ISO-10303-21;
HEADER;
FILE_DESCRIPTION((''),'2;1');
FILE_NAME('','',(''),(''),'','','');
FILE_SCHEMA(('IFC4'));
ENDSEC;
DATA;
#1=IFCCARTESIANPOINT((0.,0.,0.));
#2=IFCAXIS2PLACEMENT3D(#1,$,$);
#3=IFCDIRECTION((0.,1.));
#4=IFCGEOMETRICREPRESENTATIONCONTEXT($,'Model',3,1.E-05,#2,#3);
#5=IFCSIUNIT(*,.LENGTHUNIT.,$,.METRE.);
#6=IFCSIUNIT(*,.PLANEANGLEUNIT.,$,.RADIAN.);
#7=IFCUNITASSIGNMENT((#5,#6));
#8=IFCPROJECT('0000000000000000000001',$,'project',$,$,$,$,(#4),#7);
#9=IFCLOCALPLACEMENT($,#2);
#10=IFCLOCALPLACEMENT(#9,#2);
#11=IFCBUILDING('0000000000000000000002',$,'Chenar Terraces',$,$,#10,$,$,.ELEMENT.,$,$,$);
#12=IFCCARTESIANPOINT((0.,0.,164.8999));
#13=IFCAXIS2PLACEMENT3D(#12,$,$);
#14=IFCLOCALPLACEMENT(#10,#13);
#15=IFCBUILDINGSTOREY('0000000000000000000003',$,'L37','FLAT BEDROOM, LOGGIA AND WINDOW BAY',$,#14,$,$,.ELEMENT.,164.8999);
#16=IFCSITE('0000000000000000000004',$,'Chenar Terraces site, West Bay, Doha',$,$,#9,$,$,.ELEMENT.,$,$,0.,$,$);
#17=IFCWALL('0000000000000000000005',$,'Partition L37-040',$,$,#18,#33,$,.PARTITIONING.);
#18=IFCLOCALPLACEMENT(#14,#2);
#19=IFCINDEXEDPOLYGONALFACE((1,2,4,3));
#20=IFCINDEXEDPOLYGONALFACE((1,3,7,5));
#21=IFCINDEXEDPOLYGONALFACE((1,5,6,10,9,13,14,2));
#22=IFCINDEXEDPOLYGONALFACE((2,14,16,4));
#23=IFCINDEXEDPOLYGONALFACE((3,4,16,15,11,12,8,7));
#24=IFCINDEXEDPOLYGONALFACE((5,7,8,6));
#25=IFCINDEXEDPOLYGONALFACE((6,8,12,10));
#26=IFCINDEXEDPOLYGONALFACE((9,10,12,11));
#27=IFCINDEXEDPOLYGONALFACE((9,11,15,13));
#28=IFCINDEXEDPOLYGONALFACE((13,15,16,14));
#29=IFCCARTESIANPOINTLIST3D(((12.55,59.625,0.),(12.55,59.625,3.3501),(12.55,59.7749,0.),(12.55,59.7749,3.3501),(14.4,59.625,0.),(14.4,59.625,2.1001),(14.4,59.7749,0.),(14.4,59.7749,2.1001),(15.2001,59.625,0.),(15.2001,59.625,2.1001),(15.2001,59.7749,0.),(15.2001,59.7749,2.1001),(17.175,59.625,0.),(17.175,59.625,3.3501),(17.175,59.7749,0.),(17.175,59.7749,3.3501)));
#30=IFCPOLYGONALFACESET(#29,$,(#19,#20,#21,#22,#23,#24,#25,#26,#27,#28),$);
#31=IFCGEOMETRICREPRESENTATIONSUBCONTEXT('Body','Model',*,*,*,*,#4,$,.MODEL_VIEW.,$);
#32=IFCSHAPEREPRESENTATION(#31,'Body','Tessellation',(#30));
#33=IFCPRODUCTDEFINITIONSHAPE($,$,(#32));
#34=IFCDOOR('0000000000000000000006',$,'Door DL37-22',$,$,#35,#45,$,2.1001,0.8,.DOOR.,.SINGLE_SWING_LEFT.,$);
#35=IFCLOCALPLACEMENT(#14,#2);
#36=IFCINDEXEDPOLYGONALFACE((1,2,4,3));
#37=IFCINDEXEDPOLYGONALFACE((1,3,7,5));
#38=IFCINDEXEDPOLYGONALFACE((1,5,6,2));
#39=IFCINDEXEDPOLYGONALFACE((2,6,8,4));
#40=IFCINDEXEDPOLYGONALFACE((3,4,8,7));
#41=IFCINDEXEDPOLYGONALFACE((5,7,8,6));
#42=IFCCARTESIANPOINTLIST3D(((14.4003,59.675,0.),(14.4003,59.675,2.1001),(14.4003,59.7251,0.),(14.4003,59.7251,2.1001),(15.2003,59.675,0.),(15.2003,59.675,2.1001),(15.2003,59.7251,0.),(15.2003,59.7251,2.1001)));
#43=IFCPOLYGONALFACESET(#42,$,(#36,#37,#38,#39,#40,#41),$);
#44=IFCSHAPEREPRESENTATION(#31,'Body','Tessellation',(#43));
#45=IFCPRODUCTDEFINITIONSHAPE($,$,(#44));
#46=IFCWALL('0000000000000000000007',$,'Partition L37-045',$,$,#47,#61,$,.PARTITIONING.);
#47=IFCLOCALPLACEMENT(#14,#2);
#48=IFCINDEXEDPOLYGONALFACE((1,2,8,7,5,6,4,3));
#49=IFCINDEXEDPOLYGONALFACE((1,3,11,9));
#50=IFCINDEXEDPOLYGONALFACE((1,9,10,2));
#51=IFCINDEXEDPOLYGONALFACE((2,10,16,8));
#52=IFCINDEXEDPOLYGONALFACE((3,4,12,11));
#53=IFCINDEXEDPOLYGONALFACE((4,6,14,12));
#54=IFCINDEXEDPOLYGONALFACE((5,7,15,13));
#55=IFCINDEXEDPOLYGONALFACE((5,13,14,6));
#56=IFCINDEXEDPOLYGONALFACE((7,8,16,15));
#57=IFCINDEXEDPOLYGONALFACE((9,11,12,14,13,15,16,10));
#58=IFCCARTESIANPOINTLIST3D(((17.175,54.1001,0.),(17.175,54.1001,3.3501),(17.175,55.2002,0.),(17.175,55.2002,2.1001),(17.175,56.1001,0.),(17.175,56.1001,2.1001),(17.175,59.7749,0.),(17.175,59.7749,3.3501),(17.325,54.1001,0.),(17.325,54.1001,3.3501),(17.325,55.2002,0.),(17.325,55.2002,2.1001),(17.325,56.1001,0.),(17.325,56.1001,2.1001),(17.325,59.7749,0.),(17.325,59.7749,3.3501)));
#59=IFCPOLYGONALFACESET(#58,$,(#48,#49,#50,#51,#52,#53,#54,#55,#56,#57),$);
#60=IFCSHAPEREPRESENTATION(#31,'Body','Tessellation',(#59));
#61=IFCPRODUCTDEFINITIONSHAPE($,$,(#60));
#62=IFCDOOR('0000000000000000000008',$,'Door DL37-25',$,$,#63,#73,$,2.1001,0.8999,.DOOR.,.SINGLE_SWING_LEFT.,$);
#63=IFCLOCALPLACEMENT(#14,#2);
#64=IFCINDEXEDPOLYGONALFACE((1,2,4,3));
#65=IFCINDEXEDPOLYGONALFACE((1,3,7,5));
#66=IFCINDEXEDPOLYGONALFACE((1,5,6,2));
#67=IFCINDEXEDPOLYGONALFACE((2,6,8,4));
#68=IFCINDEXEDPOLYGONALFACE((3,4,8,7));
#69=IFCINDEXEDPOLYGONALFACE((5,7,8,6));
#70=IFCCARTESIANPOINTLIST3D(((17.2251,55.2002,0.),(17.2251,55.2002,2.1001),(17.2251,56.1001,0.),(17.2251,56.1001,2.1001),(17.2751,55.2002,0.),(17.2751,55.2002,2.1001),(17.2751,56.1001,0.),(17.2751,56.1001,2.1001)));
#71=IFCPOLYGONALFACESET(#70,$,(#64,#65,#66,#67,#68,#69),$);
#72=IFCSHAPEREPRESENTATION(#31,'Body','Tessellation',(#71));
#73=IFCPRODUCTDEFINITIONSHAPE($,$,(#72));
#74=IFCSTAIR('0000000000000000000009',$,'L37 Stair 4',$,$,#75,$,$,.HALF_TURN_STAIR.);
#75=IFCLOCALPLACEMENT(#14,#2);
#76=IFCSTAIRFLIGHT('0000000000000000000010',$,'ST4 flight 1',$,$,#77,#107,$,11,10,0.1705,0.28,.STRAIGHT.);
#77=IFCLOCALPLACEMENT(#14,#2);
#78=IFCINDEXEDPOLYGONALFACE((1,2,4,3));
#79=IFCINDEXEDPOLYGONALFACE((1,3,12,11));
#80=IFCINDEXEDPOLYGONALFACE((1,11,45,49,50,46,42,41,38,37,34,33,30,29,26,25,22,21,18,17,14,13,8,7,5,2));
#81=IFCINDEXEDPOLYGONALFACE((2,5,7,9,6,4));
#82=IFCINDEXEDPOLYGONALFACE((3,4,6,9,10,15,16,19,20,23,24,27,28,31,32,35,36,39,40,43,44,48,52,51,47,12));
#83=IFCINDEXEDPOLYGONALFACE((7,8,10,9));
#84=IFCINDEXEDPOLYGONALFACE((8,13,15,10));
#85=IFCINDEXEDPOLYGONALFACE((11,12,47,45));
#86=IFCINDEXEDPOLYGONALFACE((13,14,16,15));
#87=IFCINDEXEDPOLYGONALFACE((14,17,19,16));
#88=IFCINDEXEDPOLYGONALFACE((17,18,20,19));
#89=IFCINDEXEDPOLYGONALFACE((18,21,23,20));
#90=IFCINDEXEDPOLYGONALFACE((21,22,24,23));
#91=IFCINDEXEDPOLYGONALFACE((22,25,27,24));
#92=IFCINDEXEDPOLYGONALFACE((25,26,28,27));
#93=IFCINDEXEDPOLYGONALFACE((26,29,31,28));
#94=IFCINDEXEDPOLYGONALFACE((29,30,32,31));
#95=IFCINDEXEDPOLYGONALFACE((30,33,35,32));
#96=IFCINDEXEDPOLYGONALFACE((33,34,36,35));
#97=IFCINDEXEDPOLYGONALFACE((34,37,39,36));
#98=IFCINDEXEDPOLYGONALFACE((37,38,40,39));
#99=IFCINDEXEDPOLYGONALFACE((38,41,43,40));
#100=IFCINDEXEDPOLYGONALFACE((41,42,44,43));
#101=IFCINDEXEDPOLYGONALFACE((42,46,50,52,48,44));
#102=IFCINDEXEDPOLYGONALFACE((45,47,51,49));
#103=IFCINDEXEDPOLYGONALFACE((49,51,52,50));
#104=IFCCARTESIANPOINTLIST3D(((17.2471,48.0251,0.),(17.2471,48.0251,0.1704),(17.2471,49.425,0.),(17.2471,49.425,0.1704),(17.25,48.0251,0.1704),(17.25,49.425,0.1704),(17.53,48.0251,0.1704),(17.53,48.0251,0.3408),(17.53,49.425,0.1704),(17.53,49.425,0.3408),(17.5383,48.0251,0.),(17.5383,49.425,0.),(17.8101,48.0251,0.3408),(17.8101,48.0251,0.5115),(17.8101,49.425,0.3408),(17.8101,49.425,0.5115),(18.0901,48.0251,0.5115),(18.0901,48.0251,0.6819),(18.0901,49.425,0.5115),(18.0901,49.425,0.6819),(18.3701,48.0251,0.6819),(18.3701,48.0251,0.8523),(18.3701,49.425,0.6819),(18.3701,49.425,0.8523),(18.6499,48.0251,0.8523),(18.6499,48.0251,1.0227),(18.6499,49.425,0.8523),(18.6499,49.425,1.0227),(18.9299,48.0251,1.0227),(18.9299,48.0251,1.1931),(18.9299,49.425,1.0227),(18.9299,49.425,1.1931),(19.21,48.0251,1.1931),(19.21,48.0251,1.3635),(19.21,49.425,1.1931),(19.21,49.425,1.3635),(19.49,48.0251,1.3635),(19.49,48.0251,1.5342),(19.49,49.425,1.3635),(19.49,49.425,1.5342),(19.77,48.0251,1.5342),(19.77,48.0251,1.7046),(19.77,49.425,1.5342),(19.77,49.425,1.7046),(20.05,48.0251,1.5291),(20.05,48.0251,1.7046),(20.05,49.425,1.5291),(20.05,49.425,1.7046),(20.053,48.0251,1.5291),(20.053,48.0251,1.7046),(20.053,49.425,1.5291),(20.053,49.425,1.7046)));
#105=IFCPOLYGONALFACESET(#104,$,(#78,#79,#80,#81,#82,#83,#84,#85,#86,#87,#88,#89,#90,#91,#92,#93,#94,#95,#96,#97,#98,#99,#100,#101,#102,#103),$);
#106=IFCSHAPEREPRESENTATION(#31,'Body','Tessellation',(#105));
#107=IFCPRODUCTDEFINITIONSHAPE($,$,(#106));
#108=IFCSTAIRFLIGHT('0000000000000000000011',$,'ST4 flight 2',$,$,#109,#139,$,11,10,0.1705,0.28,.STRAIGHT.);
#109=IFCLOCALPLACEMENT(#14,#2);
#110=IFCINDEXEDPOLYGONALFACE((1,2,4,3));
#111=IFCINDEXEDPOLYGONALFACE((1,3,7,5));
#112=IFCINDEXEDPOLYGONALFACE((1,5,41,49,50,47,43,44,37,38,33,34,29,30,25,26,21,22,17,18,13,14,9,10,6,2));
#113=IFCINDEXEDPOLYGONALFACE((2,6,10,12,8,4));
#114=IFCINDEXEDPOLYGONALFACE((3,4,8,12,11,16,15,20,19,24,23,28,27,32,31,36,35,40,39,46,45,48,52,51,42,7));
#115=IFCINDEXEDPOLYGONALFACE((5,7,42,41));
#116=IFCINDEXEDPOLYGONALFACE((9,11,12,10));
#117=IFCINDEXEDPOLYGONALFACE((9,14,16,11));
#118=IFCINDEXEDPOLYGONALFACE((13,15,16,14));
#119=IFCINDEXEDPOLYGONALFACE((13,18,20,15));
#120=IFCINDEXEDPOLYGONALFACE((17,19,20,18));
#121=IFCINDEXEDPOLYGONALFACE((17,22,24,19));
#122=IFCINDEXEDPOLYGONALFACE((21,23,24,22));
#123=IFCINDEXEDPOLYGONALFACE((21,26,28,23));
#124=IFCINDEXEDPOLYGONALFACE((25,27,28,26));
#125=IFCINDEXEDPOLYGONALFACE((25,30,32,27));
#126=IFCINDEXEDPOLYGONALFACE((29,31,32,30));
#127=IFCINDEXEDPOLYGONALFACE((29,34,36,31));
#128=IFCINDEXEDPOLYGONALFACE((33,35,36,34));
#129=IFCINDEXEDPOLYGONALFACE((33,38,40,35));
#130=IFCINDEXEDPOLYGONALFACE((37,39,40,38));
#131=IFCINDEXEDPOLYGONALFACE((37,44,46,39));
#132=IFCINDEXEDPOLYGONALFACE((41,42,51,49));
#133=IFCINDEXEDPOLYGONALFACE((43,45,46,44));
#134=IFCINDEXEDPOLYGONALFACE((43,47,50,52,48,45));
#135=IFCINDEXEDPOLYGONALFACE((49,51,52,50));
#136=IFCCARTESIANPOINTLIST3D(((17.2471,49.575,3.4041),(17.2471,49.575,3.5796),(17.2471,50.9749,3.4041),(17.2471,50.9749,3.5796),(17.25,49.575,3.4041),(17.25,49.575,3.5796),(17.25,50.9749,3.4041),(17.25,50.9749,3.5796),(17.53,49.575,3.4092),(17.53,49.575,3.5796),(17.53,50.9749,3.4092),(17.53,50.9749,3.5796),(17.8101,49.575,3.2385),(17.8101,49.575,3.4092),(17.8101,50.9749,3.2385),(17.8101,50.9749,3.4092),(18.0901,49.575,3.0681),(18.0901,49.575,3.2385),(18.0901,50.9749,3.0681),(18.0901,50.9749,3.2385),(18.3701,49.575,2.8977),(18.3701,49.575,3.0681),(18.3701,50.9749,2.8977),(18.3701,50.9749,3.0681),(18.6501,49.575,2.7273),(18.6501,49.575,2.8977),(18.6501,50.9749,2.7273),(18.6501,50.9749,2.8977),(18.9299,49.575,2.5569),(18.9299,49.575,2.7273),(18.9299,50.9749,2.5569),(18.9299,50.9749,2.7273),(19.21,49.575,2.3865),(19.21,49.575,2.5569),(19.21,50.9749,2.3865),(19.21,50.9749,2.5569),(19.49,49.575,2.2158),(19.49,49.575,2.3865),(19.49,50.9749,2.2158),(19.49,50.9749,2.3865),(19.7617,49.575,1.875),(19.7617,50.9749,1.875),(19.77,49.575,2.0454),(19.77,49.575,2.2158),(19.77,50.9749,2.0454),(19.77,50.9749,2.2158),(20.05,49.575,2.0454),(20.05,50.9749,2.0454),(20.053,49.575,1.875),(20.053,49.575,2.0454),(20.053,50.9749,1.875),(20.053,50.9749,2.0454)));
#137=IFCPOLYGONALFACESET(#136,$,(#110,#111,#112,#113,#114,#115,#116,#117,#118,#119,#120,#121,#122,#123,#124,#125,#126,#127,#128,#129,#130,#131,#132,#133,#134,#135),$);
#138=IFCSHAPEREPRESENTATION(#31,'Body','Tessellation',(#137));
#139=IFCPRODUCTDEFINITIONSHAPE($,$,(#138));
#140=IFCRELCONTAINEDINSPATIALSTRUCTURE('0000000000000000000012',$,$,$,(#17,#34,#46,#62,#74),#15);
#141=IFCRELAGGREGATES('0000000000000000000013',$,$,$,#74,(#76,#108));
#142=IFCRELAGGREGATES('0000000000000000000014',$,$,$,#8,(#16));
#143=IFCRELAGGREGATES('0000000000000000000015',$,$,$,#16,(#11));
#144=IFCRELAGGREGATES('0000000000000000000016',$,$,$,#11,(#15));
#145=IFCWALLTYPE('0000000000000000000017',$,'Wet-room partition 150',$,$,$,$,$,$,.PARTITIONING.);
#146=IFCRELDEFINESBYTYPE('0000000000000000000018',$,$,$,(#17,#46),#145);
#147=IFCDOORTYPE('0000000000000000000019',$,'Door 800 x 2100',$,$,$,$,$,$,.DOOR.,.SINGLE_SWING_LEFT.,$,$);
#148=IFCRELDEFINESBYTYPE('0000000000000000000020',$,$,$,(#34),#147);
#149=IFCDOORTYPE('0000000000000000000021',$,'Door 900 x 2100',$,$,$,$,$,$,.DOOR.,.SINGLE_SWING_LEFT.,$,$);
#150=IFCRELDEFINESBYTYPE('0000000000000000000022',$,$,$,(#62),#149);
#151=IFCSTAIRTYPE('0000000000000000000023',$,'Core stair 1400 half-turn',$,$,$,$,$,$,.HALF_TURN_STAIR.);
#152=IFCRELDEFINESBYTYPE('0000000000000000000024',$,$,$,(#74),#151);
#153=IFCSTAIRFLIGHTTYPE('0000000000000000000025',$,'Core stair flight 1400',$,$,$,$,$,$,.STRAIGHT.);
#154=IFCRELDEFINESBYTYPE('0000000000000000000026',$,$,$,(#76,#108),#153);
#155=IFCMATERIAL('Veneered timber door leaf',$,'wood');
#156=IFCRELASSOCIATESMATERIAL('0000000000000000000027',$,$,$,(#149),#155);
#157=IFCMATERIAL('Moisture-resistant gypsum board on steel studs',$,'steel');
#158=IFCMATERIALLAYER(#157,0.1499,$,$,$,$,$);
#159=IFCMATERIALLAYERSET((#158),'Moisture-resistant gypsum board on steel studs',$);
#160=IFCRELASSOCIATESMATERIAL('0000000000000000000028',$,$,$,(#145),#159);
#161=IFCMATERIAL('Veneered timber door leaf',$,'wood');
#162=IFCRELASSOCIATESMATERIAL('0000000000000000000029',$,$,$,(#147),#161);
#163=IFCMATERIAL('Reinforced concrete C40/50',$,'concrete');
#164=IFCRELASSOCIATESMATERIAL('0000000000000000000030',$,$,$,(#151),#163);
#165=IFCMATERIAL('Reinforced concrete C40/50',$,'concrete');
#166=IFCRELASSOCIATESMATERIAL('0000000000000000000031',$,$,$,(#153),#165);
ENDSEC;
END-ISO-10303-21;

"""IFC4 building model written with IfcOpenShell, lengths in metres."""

from ifc_helpers import new_model, si_unit, direction, frame, frame_2d, origin, place, context, subcontext, project, spatial, polyline, rectangle, outline, extrude, material, layer, layer_set, type_object, element, fill, aggregate, save


model = new_model("IFC4")

# Units and contexts
model_context = context("Model", 3, precision=1e-05, world=origin(), true_north=direction((0.0, 1.0)))
body_context = subcontext(model_context, "Body", "Model", "MODEL_VIEW")
ifc_project = project(units=[si_unit("LENGTHUNIT", "METRE"), si_unit("PLANEANGLEUNIT", "RADIAN")], contexts=[model_context])

# Site, building, storey
site_placement = place(None, origin())
site = spatial("IfcSite", under=ifc_project, at=site_placement, Name="Chenar Terraces site, West Bay, Doha", CompositionType="ELEMENT", RefElevation=0.0)
building_placement = place(site_placement, origin())
building = spatial("IfcBuilding", under=site, at=building_placement, Name="Chenar Terraces", CompositionType="ELEMENT")
storey_placement = place(building_placement, frame((0.0, 0.0, 164.8999)))
storey = spatial("IfcBuildingStorey", under=building, at=storey_placement, Name="L37", Description="FLAT BEDROOM, LOGGIA AND WINDOW BAY", CompositionType="ELEMENT", Elevation=164.8999)

# Shared definitions
ifc_material_1 = material(Name="Veneered timber door leaf", Category="wood")
door_type_1 = type_object("IfcDoorType", Name="Door 900 x 2100", OperationType="SINGLE_SWING_LEFT", PredefinedType="DOOR", material=ifc_material_1)

# Shared definitions
ifc_material_2 = material(Name="Moisture-resistant gypsum board on steel studs", Category="steel")
ifc_layer_1 = layer(ifc_material_2, 0.1499)
ifc_layer_set_1 = layer_set([ifc_layer_1], Name="Moisture-resistant gypsum board on steel studs")
wall_type_1 = type_object("IfcWallType", Name="Wet-room partition 150", PredefinedType="PARTITIONING", material=ifc_layer_set_1)

# Walls, openings, doors
wall_1_placement = place(storey_placement, frame((12.55, 59.7, 0.0), z_axis=(0.0, 0.0, 1.0), x_axis=(1.0, 0.0, 0.0)))
wall_1 = element("IfcWall", 1, at=wall_1_placement, inside=storey, type_object=wall_type_1, Name="Partition L37-040", PredefinedType="PARTITIONING", context=body_context, shape_type="SweptSolid", body=[
    extrude(rectangle(XDim=4.625, YDim=0.1499, at=frame_2d((2.3125, 0.0))), origin(), (0.0, 0.0, 1.0), 3.3501),
])
opening_1_placement = place(wall_1_placement, frame((1.8501, 0.0, 0.0)))
opening_1 = element("IfcOpeningElement", 2, at=opening_1_placement, cuts=wall_1, PredefinedType="OPENING", context=body_context, shape_type="SweptSolid", body=[
    extrude(rectangle(XDim=0.8, YDim=2.1001, at=frame_2d((0.3999, 1.05))), frame((0.0, 0.085, 0.0), z_axis=(0.0, -1.0, 0.0), x_axis=(1.0, 0.0, 0.0)), (0.0, 0.0, 1.0), 0.1699),
])
ifc_material_3 = material(Name="Veneered timber door leaf", Category="wood")
door_type_2 = type_object("IfcDoorType", Name="Door 800 x 2100", OperationType="SINGLE_SWING_LEFT", PredefinedType="DOOR", material=ifc_material_3)
door_1_placement = place(opening_1_placement, frame((0.8, 0.0, 0.0), z_axis=(0.0, 0.0, 1.0), x_axis=(-1.0, 0.0, 0.0)))
door_1 = element("IfcDoor", 3, at=door_1_placement, inside=storey, type_object=door_type_2, Name="Door DL37-22", OperationType="SINGLE_SWING_LEFT", OverallHeight=2.1001, OverallWidth=0.8, PredefinedType="DOOR", context=body_context, shape_type="SweptSolid", body=[
    extrude(rectangle(XDim=0.8, YDim=2.1001, at=frame_2d((0.3999, 1.05))), frame((0.0, 0.0249, 0.0), z_axis=(0.0, -1.0, 0.0), x_axis=(1.0, 0.0, 0.0)), (0.0, 0.0, 1.0), 0.05),
])
fill(opening_1, door_1)
wall_2_placement = place(storey_placement, frame((17.25, 54.1001, 0.0), z_axis=(0.0, 0.0, 1.0), x_axis=(0.0, 1.0, 0.0)))
wall_2 = element("IfcWall", 4, at=wall_2_placement, inside=storey, type_object=wall_type_1, Name="Partition L37-045", PredefinedType="PARTITIONING", context=body_context, shape_type="SweptSolid", body=[
    extrude(rectangle(XDim=5.6748, YDim=0.1499, at=frame_2d((2.8374, 0.0))), origin(), (0.0, 0.0, 1.0), 3.3501),
])
opening_2_placement = place(wall_2_placement, frame((1.1001, 0.0, 0.0)))
opening_2 = element("IfcOpeningElement", 5, at=opening_2_placement, cuts=wall_2, PredefinedType="OPENING", context=body_context, shape_type="SweptSolid", body=[
    extrude(rectangle(XDim=0.8999, YDim=2.1001, at=frame_2d((0.45, 1.05))), frame((0.0, 0.085, 0.0), z_axis=(0.0, -1.0, 0.0), x_axis=(1.0, 0.0, 0.0)), (0.0, 0.0, 1.0), 0.1699),
])
door_2_placement = place(opening_2_placement, origin())
door_2 = element("IfcDoor", 6, at=door_2_placement, inside=storey, type_object=door_type_1, Name="Door DL37-25", OperationType="SINGLE_SWING_LEFT", OverallHeight=2.1001, OverallWidth=0.8999, PredefinedType="DOOR", context=body_context, shape_type="SweptSolid", body=[
    extrude(rectangle(XDim=0.8999, YDim=2.1001, at=frame_2d((0.45, 1.05))), frame((0.0, 0.0249, 0.0), z_axis=(0.0, -1.0, 0.0), x_axis=(1.0, 0.0, 0.0)), (0.0, 0.0, 1.0), 0.05),
])
fill(opening_2, door_2)

# Stair, stair flights
ifc_material_4 = material(Name="Reinforced concrete C40/50", Category="concrete")
stair_type = type_object("IfcStairType", Name="Core stair 1400 half-turn", PredefinedType="HALF_TURN_STAIR", material=ifc_material_4)
stair_placement = place(storey_placement, origin())
stair = element("IfcStair", 7, at=stair_placement, inside=storey, type_object=stair_type, Name="L37 Stair 4", PredefinedType="HALF_TURN_STAIR")
ifc_material_5 = material(Name="Reinforced concrete C40/50", Category="concrete")
stair_flight_type = type_object("IfcStairFlightType", Name="Core stair flight 1400", PredefinedType="STRAIGHT", material=ifc_material_5)
stair_flight_1_placement = place(storey_placement, frame((17.25, 48.7251, 0.0), z_axis=(0.0, 0.0, 1.0), x_axis=(1.0, 0.0, 0.0)))
stair_flight_1 = element("IfcStairFlight", 8, at=stair_flight_1_placement, type_object=stair_flight_type, Name="ST4 flight 1", NumberOfRisers=11, NumberOfTreads=10, PredefinedType="STRAIGHT", RiserHeight=0.1705, TreadLength=0.28, context=body_context, shape_type="SweptSolid", body=[
    extrude(outline(polyline([(-0.0029, 0.0), (-0.0029, 0.1704), (0.0, 0.1704), (0.28, 0.1704), (0.28, 0.3408), (0.5601, 0.3408), (0.5601, 0.5115), (0.8401, 0.5115), (0.8401, 0.6819), (1.1201, 0.6819), (1.1201, 0.8523), (1.3999, 0.8523), (1.3999, 1.0227), (1.6799, 1.0227), (1.6799, 1.1931), (1.96, 1.1931), (1.96, 1.3635), (2.24, 1.3635), (2.24, 1.5342), (2.52, 1.5342), (2.52, 1.7046), (2.8, 1.7046), (2.803, 1.7046), (2.803, 1.5291), (2.8, 1.5291), (0.2883, 0.0), (-0.0029, 0.0)])), frame((0.0, 0.7, 0.0), z_axis=(0.0, -1.0, 0.0), x_axis=(1.0, 0.0, 0.0)), (0.0, 0.0, 1.0), 1.3999),
])
stair_flight_2_placement = place(storey_placement, frame((20.05, 50.2749, 1.875), z_axis=(0.0, 0.0, 1.0), x_axis=(-1.0, 0.0, 0.0)))
stair_flight_2 = element("IfcStairFlight", 9, at=stair_flight_2_placement, type_object=stair_flight_type, Name="ST4 flight 2", NumberOfRisers=11, NumberOfTreads=10, PredefinedType="STRAIGHT", RiserHeight=0.1705, TreadLength=0.28, context=body_context, shape_type="SweptSolid", body=[
    extrude(outline(polyline([(-0.0029, 0.0), (-0.0029, 0.1704), (0.0, 0.1704), (0.28, 0.1704), (0.28, 0.3408), (0.5601, 0.3408), (0.5601, 0.5115), (0.8401, 0.5115), (0.8401, 0.6819), (1.1201, 0.6819), (1.1201, 0.8523), (1.3999, 0.8523), (1.3999, 1.0227), (1.6799, 1.0227), (1.6799, 1.1931), (1.96, 1.1931), (1.96, 1.3635), (2.24, 1.3635), (2.24, 1.5342), (2.52, 1.5342), (2.52, 1.7046), (2.8, 1.7046), (2.803, 1.7046), (2.803, 1.5291), (2.8, 1.5291), (0.2883, 0.0), (-0.0029, 0.0)])), frame((0.0, 0.7, 0.0), z_axis=(0.0, -1.0, 0.0), x_axis=(1.0, 0.0, 0.0)), (0.0, 0.0, 1.0), 1.3999),
])
aggregate(stair, [stair_flight_1, stair_flight_2])

save(model, "model.ifc")
